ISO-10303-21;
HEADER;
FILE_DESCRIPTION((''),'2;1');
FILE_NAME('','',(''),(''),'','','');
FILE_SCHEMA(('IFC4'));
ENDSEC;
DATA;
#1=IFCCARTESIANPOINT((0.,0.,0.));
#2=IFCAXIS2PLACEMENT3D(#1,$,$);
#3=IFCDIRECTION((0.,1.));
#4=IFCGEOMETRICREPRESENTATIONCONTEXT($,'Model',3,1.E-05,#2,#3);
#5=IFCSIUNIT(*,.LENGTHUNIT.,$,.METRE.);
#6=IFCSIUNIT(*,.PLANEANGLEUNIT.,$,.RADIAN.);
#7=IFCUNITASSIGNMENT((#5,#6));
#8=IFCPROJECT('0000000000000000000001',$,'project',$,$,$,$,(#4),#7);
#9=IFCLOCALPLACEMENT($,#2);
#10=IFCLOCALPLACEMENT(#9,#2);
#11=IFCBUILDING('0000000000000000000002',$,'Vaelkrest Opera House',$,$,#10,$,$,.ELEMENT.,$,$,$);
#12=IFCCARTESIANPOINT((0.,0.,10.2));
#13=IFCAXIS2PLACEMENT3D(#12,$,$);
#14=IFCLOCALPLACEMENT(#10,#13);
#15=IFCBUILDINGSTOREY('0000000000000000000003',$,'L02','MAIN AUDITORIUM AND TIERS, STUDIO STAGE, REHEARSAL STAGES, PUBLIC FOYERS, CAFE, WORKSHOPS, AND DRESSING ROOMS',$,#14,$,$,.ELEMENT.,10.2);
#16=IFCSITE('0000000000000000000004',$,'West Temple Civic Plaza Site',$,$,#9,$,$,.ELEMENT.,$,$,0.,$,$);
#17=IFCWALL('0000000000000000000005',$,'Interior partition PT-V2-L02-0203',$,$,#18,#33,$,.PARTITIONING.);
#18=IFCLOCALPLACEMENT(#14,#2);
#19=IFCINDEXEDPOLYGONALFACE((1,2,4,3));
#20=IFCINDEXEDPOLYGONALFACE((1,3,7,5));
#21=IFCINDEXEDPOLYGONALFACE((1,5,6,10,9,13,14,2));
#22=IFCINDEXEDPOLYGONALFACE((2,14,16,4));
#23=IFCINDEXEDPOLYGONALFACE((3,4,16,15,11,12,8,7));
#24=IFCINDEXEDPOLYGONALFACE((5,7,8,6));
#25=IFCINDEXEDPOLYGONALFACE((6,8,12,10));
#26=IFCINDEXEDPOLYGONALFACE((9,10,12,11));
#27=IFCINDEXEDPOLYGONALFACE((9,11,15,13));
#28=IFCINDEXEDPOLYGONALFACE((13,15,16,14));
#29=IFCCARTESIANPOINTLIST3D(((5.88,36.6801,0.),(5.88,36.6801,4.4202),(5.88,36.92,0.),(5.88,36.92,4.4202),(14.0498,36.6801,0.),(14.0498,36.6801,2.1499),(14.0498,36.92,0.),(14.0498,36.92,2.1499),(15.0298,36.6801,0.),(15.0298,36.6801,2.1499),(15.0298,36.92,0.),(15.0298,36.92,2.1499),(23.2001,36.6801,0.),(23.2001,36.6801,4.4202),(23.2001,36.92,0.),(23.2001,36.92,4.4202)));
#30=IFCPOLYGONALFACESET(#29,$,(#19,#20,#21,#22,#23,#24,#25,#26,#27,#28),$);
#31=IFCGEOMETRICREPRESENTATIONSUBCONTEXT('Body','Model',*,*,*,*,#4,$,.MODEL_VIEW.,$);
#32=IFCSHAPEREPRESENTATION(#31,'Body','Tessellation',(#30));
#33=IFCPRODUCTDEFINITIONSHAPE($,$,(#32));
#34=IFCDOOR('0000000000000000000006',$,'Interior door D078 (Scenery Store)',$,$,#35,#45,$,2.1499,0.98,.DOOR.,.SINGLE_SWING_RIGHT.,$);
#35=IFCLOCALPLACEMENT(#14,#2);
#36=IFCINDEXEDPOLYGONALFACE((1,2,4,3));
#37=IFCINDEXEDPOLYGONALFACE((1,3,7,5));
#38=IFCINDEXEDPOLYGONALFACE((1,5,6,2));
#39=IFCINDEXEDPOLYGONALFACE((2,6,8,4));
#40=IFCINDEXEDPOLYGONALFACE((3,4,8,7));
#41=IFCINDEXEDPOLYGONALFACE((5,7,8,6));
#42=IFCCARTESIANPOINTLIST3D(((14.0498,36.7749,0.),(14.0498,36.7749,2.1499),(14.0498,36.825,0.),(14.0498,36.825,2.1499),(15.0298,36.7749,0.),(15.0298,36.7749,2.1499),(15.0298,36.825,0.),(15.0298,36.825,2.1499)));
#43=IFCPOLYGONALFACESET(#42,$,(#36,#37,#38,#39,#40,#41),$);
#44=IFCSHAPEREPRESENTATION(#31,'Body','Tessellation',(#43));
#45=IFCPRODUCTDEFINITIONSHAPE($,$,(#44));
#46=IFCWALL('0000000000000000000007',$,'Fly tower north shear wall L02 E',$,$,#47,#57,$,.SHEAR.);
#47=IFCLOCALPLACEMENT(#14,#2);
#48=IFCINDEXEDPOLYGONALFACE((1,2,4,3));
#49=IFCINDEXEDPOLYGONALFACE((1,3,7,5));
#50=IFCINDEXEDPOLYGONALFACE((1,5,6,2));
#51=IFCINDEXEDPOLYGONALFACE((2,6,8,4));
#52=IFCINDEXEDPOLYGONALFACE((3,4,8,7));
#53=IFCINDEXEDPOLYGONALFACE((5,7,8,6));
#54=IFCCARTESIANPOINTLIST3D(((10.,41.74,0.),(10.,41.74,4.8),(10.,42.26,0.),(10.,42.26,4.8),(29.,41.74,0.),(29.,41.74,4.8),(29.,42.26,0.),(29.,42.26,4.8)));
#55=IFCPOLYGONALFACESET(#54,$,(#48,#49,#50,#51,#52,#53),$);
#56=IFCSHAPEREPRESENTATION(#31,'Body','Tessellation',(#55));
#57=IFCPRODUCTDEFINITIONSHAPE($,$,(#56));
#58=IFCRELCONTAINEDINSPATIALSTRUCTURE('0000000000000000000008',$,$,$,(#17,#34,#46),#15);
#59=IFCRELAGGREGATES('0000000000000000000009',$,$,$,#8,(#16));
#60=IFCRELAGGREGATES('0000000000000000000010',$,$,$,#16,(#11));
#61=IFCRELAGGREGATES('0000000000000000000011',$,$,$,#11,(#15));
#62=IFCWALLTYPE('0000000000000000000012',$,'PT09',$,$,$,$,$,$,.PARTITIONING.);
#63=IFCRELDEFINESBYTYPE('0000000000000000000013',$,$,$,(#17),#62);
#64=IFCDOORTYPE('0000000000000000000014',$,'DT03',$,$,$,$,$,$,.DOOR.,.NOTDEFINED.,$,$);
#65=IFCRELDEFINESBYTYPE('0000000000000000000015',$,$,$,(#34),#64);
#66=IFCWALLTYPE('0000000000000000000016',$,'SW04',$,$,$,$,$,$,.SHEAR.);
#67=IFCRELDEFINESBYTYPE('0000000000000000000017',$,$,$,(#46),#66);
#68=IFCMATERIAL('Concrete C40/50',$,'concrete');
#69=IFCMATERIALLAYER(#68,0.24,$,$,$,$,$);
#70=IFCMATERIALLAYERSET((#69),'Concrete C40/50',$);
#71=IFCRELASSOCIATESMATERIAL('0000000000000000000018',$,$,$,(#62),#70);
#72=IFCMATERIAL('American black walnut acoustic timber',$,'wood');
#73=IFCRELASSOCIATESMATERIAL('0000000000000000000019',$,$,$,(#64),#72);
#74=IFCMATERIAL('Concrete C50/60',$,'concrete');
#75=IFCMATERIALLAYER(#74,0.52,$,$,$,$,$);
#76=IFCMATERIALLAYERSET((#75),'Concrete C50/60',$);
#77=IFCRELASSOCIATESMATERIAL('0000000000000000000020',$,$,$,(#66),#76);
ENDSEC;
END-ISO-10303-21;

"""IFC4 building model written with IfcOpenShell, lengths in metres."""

from ifc_helpers import new_model, si_unit, direction, frame, frame_2d, origin, place, context, subcontext, project, spatial, rectangle, extrude, material, layer, layer_set, type_object, element, fill, save


model = new_model("IFC4")

# Units and contexts
model_context = context("Model", 3, precision=1e-05, world=origin(), true_north=direction((0.0, 1.0)))
body_context = subcontext(model_context, "Body", "Model", "MODEL_VIEW")
ifc_project = project(units=[si_unit("LENGTHUNIT", "METRE"), si_unit("PLANEANGLEUNIT", "RADIAN")], contexts=[model_context])

# Site, building, storey
site_placement = place(None, origin())
site = spatial("IfcSite", under=ifc_project, at=site_placement, Name="West Temple Civic Plaza Site", CompositionType="ELEMENT", RefElevation=0.0)
building_placement = place(site_placement, origin())
building = spatial("IfcBuilding", under=site, at=building_placement, Name="Vaelkrest Opera House", CompositionType="ELEMENT")
storey_placement = place(building_placement, frame((0.0, 0.0, 10.2)))
storey = spatial("IfcBuildingStorey", under=building, at=storey_placement, Name="L02", Description="MAIN AUDITORIUM AND TIERS, STUDIO STAGE, REHEARSAL STAGES, PUBLIC FOYERS, CAFE, WORKSHOPS, AND DRESSING ROOMS", CompositionType="ELEMENT", Elevation=10.2)

# Shared definitions
ifc_material_1 = material(Name="Concrete C50/60", Category="concrete")

# Wall, opening, door
ifc_material_2 = material(Name="Concrete C40/50", Category="concrete")
ifc_layer_1 = layer(ifc_material_2, 0.24)
ifc_layer_set_1 = layer_set([ifc_layer_1], Name="Concrete C40/50")
wall_type_1 = type_object("IfcWallType", Name="PT09", PredefinedType="PARTITIONING", material=ifc_layer_set_1)
wall_1_placement = place(storey_placement, frame((5.8799, 36.8, 0.0), z_axis=(0.0, 0.0, 1.0), x_axis=(1.0, 0.0, 0.0)))
wall_1 = element("IfcWall", 1, at=wall_1_placement, inside=storey, type_object=wall_type_1, Name="Interior partition PT-V2-L02-0203", PredefinedType="PARTITIONING", context=body_context, shape_type="SweptSolid", body=[
    extrude(rectangle(XDim=17.3201, YDim=0.24, at=frame_2d((8.6602, 0.0))), origin(), (0.0, 0.0, 1.0), 4.4202),
])
opening_placement = place(wall_1_placement, frame((8.1699, 0.0, 0.0)))
opening = element("IfcOpeningElement", 2, at=opening_placement, cuts=wall_1, PredefinedType="OPENING", context=body_context, shape_type="SweptSolid", body=[
    extrude(rectangle(XDim=0.98, YDim=2.1499, at=frame_2d((0.49, 1.075))), frame((0.0, 0.1299, 0.0), z_axis=(0.0, -1.0, 0.0), x_axis=(1.0, 0.0, 0.0)), (0.0, 0.0, 1.0), 0.26),
])
ifc_material_3 = material(Name="American black walnut acoustic timber", Category="wood")
door_type = type_object("IfcDoorType", Name="DT03", OperationType="NOTDEFINED", PredefinedType="DOOR", material=ifc_material_3)
door_placement = place(opening_placement, origin())
door = element("IfcDoor", 3, at=door_placement, inside=storey, type_object=door_type, Name="Interior door D078 (Scenery Store)", OperationType="SINGLE_SWING_RIGHT", OverallHeight=2.1499, OverallWidth=0.98, PredefinedType="DOOR", context=body_context, shape_type="SweptSolid", body=[
    extrude(rectangle(XDim=0.98, YDim=2.1499, at=frame_2d((0.49, 1.075))), frame((0.0, 0.0249, 0.0), z_axis=(0.0, -1.0, 0.0), x_axis=(1.0, 0.0, 0.0)), (0.0, 0.0, 1.0), 0.05),
])
fill(opening, door)

# Wall
ifc_layer_2 = layer(ifc_material_1, 0.52)
ifc_layer_set_2 = layer_set([ifc_layer_2], Name="Concrete C50/60")
wall_type_2 = type_object("IfcWallType", Name="SW04", PredefinedType="SHEAR", material=ifc_layer_set_2)
wall_2_placement = place(storey_placement, frame((10.0, 42.0, 0.0), z_axis=(0.0, 0.0, 1.0), x_axis=(1.0, 0.0, 0.0)))
element("IfcWall", 4, at=wall_2_placement, inside=storey, type_object=wall_type_2, Name="Fly tower north shear wall L02 E", PredefinedType="SHEAR", context=body_context, shape_type="SweptSolid", body=[
    extrude(rectangle(XDim=19.0, YDim=0.52, at=frame_2d((9.5, 0.0))), origin(), (0.0, 0.0, 1.0), 4.8),
])

save(model, "model.ifc")
